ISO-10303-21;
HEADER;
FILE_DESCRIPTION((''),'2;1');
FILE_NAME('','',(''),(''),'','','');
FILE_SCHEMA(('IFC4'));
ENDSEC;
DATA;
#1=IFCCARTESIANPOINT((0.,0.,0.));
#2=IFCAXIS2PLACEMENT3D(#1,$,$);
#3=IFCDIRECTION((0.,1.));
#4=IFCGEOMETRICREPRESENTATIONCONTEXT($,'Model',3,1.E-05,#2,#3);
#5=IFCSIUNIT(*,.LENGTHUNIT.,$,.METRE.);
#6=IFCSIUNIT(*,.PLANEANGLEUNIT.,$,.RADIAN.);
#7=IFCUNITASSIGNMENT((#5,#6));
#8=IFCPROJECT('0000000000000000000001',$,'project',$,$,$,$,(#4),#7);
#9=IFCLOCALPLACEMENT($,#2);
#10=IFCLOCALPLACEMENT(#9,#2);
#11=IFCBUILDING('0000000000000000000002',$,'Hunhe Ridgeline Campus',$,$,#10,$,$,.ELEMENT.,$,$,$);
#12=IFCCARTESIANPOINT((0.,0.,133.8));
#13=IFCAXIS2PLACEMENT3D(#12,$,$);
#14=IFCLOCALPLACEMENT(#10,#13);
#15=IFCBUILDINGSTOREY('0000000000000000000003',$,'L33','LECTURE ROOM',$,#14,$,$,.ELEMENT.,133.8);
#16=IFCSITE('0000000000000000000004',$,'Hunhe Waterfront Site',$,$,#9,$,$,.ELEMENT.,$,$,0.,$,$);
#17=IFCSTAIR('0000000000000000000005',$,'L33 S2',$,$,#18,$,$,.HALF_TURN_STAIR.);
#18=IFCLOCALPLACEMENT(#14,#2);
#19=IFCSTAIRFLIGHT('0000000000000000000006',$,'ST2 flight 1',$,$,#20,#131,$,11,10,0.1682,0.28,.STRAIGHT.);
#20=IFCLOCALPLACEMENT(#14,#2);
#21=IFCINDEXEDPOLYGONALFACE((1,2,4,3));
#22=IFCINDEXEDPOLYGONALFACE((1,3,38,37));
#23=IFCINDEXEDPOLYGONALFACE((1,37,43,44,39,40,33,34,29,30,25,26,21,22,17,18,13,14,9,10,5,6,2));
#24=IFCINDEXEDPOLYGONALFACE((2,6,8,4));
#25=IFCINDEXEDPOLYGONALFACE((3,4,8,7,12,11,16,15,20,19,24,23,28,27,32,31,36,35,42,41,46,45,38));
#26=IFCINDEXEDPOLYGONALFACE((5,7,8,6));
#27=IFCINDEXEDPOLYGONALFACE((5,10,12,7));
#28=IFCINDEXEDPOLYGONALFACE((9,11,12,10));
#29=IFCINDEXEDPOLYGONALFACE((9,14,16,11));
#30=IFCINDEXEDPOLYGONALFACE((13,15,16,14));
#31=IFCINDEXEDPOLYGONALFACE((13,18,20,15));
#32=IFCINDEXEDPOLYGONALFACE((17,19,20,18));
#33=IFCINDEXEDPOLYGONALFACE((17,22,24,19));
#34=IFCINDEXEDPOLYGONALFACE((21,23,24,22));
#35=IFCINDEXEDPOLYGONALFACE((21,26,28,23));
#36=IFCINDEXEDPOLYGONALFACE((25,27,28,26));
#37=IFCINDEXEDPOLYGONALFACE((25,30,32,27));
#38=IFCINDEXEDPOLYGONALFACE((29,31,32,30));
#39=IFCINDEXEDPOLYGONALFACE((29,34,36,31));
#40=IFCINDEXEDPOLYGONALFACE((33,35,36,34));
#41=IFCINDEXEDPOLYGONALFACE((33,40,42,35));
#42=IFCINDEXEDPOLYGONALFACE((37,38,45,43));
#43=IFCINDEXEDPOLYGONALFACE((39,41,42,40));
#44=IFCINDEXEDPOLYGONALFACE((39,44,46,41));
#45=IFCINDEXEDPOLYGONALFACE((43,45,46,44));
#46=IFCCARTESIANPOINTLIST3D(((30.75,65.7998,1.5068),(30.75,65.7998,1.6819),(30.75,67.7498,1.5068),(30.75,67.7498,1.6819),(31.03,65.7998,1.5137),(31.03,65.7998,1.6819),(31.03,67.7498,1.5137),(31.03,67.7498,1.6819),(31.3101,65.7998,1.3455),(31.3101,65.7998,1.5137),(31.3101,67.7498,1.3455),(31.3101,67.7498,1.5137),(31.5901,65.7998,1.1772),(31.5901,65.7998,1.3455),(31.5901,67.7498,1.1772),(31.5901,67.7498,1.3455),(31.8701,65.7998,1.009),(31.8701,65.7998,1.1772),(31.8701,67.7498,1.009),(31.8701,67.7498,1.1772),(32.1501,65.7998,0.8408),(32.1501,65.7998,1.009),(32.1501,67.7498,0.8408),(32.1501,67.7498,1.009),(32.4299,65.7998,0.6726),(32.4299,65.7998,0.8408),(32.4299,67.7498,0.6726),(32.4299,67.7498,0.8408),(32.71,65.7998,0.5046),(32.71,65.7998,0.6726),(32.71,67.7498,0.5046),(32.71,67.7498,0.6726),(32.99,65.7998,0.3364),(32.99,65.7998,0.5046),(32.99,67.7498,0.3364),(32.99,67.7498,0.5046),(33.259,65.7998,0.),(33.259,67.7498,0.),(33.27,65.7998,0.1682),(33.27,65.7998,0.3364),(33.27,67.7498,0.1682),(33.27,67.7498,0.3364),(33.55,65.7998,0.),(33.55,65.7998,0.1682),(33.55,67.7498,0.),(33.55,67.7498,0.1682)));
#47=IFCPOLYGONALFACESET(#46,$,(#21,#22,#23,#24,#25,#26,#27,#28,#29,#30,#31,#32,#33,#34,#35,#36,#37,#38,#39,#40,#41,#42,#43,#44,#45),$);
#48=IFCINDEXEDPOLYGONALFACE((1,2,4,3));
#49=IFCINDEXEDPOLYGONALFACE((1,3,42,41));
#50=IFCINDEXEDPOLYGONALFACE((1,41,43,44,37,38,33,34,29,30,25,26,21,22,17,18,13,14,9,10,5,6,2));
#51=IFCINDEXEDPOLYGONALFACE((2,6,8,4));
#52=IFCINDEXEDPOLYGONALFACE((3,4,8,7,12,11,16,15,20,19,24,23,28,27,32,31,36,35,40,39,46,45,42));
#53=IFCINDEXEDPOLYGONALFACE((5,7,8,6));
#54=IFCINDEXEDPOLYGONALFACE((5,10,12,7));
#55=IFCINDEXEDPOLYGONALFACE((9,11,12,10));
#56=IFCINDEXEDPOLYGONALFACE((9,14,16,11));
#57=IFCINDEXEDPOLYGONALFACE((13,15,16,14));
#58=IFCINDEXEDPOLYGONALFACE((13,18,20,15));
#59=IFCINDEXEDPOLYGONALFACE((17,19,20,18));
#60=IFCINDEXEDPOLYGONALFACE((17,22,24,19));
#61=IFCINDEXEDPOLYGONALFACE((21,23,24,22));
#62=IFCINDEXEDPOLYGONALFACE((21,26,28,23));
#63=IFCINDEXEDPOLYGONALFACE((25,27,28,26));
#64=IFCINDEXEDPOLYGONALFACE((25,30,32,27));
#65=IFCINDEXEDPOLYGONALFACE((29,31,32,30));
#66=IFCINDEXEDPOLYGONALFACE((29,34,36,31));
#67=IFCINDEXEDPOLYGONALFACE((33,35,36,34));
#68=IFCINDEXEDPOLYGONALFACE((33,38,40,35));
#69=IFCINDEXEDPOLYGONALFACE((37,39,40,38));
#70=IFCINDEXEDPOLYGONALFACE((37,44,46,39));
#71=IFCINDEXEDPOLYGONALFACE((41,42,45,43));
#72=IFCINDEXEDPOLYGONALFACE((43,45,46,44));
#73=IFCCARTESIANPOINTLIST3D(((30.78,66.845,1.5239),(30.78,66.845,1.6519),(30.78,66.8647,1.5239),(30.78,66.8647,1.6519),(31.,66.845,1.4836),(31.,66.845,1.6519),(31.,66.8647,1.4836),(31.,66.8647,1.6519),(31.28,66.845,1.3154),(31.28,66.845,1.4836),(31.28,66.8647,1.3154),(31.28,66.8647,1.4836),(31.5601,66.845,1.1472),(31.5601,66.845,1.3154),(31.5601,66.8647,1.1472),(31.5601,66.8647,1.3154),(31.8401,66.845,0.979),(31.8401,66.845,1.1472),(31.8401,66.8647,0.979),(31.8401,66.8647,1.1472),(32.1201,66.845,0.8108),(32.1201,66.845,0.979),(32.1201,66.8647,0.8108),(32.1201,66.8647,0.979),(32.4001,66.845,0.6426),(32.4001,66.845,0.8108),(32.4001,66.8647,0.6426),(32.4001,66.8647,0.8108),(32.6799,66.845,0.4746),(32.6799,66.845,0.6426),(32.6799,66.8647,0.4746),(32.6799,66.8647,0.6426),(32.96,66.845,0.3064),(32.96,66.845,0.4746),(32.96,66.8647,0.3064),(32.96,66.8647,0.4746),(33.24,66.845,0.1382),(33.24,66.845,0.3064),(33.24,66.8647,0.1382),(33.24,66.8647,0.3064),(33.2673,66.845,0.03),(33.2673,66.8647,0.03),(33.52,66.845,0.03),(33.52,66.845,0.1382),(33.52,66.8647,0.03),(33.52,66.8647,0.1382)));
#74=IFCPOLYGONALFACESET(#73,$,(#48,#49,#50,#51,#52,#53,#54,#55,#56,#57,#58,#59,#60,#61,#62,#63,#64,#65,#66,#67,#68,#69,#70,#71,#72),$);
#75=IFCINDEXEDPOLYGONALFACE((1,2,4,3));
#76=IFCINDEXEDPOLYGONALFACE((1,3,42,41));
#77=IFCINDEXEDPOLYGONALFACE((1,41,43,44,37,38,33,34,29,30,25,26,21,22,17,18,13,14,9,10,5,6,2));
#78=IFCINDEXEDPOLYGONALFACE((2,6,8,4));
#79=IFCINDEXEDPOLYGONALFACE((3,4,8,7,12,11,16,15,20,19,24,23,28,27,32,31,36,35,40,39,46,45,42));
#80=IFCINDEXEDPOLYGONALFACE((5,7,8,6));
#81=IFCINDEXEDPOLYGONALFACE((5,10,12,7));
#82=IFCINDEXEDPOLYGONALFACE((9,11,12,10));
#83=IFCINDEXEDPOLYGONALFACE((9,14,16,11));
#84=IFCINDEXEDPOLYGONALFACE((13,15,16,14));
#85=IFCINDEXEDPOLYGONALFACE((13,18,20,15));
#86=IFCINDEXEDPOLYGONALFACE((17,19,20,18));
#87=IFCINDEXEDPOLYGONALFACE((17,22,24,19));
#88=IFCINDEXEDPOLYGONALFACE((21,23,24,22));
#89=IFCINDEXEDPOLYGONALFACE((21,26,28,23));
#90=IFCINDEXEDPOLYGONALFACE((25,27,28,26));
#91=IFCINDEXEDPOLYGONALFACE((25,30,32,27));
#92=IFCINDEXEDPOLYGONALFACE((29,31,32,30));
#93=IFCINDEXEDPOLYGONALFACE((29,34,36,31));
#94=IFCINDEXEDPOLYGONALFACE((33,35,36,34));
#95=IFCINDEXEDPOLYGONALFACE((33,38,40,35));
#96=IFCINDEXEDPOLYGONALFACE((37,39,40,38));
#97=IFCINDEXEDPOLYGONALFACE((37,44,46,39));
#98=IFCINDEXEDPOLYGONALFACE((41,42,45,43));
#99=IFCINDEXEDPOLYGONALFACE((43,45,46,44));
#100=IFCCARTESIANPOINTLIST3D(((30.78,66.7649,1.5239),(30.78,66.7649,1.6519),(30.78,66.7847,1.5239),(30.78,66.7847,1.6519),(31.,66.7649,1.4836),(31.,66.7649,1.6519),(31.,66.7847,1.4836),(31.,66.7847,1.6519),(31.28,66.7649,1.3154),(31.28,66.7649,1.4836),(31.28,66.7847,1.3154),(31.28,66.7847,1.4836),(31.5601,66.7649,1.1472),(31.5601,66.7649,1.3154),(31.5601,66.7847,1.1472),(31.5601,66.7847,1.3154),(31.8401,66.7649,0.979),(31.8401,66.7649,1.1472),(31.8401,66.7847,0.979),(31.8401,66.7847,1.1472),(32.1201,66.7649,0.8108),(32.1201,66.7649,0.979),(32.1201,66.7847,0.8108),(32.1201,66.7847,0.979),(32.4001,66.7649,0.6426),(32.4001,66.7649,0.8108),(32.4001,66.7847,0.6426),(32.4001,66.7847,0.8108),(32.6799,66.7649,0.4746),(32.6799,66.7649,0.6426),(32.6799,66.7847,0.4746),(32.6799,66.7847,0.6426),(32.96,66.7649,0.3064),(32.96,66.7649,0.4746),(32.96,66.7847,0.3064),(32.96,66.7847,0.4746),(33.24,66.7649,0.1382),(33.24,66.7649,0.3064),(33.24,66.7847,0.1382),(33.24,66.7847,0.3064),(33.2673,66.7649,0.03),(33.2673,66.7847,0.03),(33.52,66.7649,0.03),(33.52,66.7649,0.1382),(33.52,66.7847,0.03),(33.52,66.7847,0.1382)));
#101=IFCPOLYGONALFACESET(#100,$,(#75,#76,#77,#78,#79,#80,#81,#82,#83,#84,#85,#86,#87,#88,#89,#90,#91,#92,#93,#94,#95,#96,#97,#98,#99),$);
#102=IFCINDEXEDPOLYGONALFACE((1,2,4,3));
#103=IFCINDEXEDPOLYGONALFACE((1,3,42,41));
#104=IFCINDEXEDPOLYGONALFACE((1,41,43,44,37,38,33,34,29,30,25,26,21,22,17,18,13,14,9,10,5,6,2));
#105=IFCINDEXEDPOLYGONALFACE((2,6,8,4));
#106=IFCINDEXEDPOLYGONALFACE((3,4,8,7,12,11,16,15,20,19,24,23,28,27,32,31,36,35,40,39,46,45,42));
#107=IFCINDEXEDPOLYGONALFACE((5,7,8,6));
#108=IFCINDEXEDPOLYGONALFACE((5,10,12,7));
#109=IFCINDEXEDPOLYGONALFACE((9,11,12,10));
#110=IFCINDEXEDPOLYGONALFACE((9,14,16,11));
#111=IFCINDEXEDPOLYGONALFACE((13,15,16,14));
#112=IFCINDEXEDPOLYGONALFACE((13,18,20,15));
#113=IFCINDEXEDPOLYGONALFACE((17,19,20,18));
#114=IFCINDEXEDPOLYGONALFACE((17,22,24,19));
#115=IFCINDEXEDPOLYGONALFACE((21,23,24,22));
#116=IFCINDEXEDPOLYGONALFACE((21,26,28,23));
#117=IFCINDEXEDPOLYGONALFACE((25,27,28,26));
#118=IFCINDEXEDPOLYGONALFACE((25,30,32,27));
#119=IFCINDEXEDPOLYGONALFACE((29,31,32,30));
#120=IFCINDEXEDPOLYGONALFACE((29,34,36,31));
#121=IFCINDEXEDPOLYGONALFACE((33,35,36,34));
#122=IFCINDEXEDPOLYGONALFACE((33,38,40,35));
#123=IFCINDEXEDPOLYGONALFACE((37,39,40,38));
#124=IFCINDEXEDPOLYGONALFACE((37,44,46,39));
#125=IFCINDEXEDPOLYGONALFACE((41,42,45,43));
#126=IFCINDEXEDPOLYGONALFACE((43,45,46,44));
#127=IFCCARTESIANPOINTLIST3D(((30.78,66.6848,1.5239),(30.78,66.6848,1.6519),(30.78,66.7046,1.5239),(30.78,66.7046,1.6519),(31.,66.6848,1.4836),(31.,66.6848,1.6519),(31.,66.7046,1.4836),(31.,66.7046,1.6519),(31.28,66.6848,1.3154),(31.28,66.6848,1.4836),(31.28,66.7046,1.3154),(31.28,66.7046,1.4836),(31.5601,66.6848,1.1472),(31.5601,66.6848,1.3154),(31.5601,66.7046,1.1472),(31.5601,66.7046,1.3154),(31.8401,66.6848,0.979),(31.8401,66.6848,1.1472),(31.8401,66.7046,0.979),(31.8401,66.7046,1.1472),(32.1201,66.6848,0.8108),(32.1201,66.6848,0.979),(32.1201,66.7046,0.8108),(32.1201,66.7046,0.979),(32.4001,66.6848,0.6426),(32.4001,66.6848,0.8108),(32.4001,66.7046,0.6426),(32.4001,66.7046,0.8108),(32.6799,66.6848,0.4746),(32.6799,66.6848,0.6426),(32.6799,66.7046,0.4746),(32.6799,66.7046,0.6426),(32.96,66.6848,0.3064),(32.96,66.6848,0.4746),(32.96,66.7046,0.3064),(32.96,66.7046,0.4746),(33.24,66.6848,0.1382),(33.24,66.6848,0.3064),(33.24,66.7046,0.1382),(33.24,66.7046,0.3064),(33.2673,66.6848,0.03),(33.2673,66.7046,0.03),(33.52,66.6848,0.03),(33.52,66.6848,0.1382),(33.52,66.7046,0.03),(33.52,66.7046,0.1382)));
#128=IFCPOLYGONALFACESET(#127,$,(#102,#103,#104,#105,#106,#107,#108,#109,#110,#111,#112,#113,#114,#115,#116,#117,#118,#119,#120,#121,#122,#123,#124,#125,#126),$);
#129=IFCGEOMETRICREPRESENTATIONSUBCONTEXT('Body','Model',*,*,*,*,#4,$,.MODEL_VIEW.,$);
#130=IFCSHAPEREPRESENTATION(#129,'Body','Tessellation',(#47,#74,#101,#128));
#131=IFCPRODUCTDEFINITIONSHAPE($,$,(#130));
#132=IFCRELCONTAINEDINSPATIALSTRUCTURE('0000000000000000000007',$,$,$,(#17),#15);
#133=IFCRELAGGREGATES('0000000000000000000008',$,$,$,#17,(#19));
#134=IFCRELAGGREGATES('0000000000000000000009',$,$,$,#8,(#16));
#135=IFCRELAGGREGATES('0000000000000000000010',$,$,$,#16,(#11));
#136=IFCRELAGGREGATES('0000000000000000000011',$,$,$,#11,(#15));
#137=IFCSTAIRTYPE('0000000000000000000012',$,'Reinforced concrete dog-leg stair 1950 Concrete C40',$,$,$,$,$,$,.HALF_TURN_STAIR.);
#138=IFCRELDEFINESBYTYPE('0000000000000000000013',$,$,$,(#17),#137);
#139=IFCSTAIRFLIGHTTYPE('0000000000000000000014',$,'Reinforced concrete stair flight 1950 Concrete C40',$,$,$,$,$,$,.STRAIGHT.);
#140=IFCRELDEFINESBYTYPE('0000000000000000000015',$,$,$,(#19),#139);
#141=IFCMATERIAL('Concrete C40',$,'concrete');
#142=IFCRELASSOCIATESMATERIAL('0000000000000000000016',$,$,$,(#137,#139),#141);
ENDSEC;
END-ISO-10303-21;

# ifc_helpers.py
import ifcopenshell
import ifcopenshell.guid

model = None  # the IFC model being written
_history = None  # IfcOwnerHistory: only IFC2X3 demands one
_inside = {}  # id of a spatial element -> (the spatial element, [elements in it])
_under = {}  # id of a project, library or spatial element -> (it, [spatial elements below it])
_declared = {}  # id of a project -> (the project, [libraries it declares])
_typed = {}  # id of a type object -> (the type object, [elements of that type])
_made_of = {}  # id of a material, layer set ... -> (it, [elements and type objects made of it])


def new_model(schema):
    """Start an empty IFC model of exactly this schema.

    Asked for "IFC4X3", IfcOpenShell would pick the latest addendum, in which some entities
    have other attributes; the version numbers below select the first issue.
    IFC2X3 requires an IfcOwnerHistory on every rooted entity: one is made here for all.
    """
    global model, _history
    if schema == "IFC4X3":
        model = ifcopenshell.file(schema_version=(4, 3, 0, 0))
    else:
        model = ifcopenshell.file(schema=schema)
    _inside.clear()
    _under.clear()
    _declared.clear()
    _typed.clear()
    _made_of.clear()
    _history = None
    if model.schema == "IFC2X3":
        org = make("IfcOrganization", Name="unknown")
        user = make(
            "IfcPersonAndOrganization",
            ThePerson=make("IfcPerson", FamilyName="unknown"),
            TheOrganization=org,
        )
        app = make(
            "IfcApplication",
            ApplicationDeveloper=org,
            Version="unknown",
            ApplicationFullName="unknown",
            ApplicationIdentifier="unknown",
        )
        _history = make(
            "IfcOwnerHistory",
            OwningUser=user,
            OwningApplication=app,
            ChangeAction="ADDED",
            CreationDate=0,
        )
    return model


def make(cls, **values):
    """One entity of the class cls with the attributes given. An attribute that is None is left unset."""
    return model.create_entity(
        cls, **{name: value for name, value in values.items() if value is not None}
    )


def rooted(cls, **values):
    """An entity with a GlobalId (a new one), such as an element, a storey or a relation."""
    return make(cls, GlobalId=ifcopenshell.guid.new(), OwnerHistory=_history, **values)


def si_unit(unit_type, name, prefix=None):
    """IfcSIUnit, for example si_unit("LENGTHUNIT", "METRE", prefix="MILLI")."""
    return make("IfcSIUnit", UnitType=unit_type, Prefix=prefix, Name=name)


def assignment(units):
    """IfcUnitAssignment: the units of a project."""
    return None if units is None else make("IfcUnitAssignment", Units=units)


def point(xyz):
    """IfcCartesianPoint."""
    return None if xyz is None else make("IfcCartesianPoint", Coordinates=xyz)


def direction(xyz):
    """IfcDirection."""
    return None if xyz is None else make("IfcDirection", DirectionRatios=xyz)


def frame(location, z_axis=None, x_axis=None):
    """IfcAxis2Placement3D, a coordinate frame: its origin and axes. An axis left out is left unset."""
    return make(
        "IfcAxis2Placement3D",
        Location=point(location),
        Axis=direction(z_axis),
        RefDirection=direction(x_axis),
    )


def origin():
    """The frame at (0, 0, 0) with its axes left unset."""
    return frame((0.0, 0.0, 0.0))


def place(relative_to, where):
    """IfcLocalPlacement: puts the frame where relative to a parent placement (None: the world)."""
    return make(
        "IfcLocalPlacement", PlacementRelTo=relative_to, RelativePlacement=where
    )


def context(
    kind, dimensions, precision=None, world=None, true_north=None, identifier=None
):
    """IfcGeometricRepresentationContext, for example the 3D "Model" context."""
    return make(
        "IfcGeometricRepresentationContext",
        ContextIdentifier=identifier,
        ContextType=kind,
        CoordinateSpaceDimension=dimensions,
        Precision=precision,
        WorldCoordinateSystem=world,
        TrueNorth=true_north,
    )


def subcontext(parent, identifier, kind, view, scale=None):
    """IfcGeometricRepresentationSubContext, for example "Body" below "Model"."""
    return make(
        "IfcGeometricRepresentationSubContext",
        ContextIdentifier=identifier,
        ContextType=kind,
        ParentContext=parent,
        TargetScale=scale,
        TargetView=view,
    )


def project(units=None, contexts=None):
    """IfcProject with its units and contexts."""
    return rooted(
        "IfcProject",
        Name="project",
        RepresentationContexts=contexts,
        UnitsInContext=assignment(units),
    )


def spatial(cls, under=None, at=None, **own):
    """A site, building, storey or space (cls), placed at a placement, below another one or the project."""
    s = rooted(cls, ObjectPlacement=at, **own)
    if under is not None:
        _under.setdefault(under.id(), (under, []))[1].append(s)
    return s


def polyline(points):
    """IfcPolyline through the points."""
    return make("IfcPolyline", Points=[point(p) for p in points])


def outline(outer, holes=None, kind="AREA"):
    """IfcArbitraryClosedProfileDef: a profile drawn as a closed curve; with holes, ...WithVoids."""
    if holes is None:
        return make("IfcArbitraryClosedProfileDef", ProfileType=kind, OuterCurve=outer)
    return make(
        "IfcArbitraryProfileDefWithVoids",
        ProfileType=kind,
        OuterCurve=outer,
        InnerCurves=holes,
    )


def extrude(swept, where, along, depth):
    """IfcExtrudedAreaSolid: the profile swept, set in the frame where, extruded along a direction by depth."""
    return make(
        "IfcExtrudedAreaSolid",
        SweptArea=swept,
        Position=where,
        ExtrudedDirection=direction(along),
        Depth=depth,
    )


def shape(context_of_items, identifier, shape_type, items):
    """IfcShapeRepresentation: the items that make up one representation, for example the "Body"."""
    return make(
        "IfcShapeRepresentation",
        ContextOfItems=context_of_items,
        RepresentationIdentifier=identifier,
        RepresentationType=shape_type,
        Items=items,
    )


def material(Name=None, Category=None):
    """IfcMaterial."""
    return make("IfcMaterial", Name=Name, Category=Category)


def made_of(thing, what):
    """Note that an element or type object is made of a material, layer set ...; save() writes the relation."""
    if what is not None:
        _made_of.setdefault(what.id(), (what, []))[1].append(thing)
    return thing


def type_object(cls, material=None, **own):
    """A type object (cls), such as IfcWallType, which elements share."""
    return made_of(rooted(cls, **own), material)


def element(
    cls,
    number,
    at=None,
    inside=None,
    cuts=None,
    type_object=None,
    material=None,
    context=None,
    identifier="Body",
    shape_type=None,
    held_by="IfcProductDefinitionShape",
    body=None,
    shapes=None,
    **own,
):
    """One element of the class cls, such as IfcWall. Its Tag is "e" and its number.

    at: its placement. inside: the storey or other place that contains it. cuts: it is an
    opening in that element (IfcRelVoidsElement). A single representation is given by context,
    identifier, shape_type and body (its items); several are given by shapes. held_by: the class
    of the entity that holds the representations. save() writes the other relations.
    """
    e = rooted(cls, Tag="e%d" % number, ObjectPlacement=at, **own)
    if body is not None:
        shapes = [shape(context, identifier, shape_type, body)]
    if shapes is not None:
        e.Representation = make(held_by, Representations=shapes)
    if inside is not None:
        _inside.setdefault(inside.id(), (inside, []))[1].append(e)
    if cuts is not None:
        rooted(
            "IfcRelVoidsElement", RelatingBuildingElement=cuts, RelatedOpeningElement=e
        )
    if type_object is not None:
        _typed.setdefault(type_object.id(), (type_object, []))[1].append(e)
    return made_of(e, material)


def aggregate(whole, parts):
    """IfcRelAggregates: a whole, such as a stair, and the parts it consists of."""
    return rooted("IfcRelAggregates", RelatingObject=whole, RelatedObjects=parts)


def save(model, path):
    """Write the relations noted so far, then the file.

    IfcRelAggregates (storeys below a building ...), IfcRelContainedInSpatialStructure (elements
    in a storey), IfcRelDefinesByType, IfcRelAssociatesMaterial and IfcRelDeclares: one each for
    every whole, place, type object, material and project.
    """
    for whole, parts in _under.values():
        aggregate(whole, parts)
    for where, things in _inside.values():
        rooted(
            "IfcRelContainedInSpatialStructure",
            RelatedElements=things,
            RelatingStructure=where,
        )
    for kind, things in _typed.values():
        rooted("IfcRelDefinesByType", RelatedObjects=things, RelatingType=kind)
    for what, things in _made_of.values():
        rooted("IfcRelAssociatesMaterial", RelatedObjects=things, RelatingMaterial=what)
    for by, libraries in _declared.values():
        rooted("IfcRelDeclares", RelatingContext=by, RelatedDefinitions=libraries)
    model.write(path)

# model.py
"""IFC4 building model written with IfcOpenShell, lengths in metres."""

from ifc_helpers import new_model, si_unit, direction, frame, origin, place, context, subcontext, project, spatial, polyline, outline, extrude, material, type_object, element, aggregate, save


model = new_model("IFC4")

# Units and contexts
model_context = context("Model", 3, precision=1e-05, world=origin(), true_north=direction((0.0, 1.0)))
body_context = subcontext(model_context, "Body", "Model", "MODEL_VIEW")
ifc_project = project(units=[si_unit("LENGTHUNIT", "METRE"), si_unit("PLANEANGLEUNIT", "RADIAN")], contexts=[model_context])

# Site, building, storey
site_placement = place(None, origin())
site = spatial("IfcSite", under=ifc_project, at=site_placement, Name="Hunhe Waterfront Site", CompositionType="ELEMENT", RefElevation=0.0)
building_placement = place(site_placement, origin())
building = spatial("IfcBuilding", under=site, at=building_placement, Name="Hunhe Ridgeline Campus", CompositionType="ELEMENT")
storey_placement = place(building_placement, frame((0.0, 0.0, 133.8)))
storey = spatial("IfcBuildingStorey", under=building, at=storey_placement, Name="L33", Description="LECTURE ROOM", CompositionType="ELEMENT", Elevation=133.8)

# Stair, stair flight
ifc_material_1 = material(Name="Concrete C40", Category="concrete")
stair_type = type_object("IfcStairType", Name="Reinforced concrete dog-leg stair 1950 Concrete C40", PredefinedType="HALF_TURN_STAIR", material=ifc_material_1)
stair_placement = place(storey_placement, origin())
stair = element("IfcStair", 1, at=stair_placement, inside=storey, type_object=stair_type, Name="L33 S2", PredefinedType="HALF_TURN_STAIR")
stair_flight_type = type_object("IfcStairFlightType", Name="Reinforced concrete stair flight 1950 Concrete C40", PredefinedType="STRAIGHT", material=ifc_material_1)
stair_flight_1_placement = place(storey_placement, frame((33.55, 66.7749, 0.0), z_axis=(0.0, 0.0, 1.0), x_axis=(-1.0, 0.0, 0.0)))
stair_flight_1 = element("IfcStairFlight", 2, at=stair_flight_1_placement, type_object=stair_flight_type, Name="ST2 flight 1", NumberOfRisers=11, NumberOfTreads=10, PredefinedType="STRAIGHT", RiserHeight=0.1682, TreadLength=0.28, context=body_context, shape_type="SweptSolid", body=[
    extrude(outline(polyline([(0.0, 0.0), (0.0, 0.1682), (0.28, 0.1682), (0.28, 0.3364), (0.5601, 0.3364), (0.5601, 0.5046), (0.8401, 0.5046), (0.8401, 0.6726), (1.1201, 0.6726), (1.1201, 0.8408), (1.3999, 0.8408), (1.3999, 1.009), (1.6799, 1.009), (1.6799, 1.1772), (1.96, 1.1772), (1.96, 1.3455), (2.24, 1.3455), (2.24, 1.5137), (2.52, 1.5137), (2.52, 1.6819), (2.8, 1.6819), (2.8, 1.8501), (2.8, 1.5068), (0.291, 0.0), (0.0, 0.0)])), frame((0.0, 0.9751, 0.0), z_axis=(0.0, -1.0, 0.0), x_axis=(1.0, 0.0, 0.0)), (0.0, 0.0, 1.0), 1.95),
    extrude(outline(polyline([(0.03, 0.03), (0.03, 0.1382), (0.3101, 0.1382), (0.3101, 0.3064), (0.5901, 0.3064), (0.5901, 0.4746), (0.8701, 0.4746), (0.8701, 0.6426), (1.1499, 0.6426), (1.1499, 0.8108), (1.4299, 0.8108), (1.4299, 0.979), (1.71, 0.979), (1.71, 1.1472), (1.99, 1.1472), (1.99, 1.3154), (2.27, 1.3154), (2.27, 1.4836), (2.55, 1.4836), (2.55, 1.6519), (2.77, 1.6519), (2.77, 1.5239), (0.2827, 0.03), (0.03, 0.03)])), frame((0.0, -0.0701, 0.0), z_axis=(0.0, -1.0, 0.0), x_axis=(1.0, 0.0, 0.0)), (0.0, 0.0, 1.0), 0.0198),
    extrude(outline(polyline([(0.03, 0.03), (0.03, 0.1382), (0.3101, 0.1382), (0.3101, 0.3064), (0.5901, 0.3064), (0.5901, 0.4746), (0.8701, 0.4746), (0.8701, 0.6426), (1.1499, 0.6426), (1.1499, 0.8108), (1.4299, 0.8108), (1.4299, 0.979), (1.71, 0.979), (1.71, 1.1472), (1.99, 1.1472), (1.99, 1.3154), (2.27, 1.3154), (2.27, 1.4836), (2.55, 1.4836), (2.55, 1.6519), (2.77, 1.6519), (2.77, 1.5239), (0.2827, 0.03), (0.03, 0.03)])), frame((0.0, 0.01, 0.0), z_axis=(0.0, -1.0, 0.0), x_axis=(1.0, 0.0, 0.0)), (0.0, 0.0, 1.0), 0.0198),
    extrude(outline(polyline([(0.03, 0.03), (0.03, 0.1382), (0.3101, 0.1382), (0.3101, 0.3064), (0.5901, 0.3064), (0.5901, 0.4746), (0.8701, 0.4746), (0.8701, 0.6426), (1.1499, 0.6426), (1.1499, 0.8108), (1.4299, 0.8108), (1.4299, 0.979), (1.71, 0.979), (1.71, 1.1472), (1.99, 1.1472), (1.99, 1.3154), (2.27, 1.3154), (2.27, 1.4836), (2.55, 1.4836), (2.55, 1.6519), (2.77, 1.6519), (2.77, 1.5239), (0.2827, 0.03), (0.03, 0.03)])), frame((0.0, 0.0901, 0.0), z_axis=(0.0, -1.0, 0.0), x_axis=(1.0, 0.0, 0.0)), (0.0, 0.0, 1.0), 0.0198),
])
aggregate(stair, [stair_flight_1])

save(model, "model.ifc")
